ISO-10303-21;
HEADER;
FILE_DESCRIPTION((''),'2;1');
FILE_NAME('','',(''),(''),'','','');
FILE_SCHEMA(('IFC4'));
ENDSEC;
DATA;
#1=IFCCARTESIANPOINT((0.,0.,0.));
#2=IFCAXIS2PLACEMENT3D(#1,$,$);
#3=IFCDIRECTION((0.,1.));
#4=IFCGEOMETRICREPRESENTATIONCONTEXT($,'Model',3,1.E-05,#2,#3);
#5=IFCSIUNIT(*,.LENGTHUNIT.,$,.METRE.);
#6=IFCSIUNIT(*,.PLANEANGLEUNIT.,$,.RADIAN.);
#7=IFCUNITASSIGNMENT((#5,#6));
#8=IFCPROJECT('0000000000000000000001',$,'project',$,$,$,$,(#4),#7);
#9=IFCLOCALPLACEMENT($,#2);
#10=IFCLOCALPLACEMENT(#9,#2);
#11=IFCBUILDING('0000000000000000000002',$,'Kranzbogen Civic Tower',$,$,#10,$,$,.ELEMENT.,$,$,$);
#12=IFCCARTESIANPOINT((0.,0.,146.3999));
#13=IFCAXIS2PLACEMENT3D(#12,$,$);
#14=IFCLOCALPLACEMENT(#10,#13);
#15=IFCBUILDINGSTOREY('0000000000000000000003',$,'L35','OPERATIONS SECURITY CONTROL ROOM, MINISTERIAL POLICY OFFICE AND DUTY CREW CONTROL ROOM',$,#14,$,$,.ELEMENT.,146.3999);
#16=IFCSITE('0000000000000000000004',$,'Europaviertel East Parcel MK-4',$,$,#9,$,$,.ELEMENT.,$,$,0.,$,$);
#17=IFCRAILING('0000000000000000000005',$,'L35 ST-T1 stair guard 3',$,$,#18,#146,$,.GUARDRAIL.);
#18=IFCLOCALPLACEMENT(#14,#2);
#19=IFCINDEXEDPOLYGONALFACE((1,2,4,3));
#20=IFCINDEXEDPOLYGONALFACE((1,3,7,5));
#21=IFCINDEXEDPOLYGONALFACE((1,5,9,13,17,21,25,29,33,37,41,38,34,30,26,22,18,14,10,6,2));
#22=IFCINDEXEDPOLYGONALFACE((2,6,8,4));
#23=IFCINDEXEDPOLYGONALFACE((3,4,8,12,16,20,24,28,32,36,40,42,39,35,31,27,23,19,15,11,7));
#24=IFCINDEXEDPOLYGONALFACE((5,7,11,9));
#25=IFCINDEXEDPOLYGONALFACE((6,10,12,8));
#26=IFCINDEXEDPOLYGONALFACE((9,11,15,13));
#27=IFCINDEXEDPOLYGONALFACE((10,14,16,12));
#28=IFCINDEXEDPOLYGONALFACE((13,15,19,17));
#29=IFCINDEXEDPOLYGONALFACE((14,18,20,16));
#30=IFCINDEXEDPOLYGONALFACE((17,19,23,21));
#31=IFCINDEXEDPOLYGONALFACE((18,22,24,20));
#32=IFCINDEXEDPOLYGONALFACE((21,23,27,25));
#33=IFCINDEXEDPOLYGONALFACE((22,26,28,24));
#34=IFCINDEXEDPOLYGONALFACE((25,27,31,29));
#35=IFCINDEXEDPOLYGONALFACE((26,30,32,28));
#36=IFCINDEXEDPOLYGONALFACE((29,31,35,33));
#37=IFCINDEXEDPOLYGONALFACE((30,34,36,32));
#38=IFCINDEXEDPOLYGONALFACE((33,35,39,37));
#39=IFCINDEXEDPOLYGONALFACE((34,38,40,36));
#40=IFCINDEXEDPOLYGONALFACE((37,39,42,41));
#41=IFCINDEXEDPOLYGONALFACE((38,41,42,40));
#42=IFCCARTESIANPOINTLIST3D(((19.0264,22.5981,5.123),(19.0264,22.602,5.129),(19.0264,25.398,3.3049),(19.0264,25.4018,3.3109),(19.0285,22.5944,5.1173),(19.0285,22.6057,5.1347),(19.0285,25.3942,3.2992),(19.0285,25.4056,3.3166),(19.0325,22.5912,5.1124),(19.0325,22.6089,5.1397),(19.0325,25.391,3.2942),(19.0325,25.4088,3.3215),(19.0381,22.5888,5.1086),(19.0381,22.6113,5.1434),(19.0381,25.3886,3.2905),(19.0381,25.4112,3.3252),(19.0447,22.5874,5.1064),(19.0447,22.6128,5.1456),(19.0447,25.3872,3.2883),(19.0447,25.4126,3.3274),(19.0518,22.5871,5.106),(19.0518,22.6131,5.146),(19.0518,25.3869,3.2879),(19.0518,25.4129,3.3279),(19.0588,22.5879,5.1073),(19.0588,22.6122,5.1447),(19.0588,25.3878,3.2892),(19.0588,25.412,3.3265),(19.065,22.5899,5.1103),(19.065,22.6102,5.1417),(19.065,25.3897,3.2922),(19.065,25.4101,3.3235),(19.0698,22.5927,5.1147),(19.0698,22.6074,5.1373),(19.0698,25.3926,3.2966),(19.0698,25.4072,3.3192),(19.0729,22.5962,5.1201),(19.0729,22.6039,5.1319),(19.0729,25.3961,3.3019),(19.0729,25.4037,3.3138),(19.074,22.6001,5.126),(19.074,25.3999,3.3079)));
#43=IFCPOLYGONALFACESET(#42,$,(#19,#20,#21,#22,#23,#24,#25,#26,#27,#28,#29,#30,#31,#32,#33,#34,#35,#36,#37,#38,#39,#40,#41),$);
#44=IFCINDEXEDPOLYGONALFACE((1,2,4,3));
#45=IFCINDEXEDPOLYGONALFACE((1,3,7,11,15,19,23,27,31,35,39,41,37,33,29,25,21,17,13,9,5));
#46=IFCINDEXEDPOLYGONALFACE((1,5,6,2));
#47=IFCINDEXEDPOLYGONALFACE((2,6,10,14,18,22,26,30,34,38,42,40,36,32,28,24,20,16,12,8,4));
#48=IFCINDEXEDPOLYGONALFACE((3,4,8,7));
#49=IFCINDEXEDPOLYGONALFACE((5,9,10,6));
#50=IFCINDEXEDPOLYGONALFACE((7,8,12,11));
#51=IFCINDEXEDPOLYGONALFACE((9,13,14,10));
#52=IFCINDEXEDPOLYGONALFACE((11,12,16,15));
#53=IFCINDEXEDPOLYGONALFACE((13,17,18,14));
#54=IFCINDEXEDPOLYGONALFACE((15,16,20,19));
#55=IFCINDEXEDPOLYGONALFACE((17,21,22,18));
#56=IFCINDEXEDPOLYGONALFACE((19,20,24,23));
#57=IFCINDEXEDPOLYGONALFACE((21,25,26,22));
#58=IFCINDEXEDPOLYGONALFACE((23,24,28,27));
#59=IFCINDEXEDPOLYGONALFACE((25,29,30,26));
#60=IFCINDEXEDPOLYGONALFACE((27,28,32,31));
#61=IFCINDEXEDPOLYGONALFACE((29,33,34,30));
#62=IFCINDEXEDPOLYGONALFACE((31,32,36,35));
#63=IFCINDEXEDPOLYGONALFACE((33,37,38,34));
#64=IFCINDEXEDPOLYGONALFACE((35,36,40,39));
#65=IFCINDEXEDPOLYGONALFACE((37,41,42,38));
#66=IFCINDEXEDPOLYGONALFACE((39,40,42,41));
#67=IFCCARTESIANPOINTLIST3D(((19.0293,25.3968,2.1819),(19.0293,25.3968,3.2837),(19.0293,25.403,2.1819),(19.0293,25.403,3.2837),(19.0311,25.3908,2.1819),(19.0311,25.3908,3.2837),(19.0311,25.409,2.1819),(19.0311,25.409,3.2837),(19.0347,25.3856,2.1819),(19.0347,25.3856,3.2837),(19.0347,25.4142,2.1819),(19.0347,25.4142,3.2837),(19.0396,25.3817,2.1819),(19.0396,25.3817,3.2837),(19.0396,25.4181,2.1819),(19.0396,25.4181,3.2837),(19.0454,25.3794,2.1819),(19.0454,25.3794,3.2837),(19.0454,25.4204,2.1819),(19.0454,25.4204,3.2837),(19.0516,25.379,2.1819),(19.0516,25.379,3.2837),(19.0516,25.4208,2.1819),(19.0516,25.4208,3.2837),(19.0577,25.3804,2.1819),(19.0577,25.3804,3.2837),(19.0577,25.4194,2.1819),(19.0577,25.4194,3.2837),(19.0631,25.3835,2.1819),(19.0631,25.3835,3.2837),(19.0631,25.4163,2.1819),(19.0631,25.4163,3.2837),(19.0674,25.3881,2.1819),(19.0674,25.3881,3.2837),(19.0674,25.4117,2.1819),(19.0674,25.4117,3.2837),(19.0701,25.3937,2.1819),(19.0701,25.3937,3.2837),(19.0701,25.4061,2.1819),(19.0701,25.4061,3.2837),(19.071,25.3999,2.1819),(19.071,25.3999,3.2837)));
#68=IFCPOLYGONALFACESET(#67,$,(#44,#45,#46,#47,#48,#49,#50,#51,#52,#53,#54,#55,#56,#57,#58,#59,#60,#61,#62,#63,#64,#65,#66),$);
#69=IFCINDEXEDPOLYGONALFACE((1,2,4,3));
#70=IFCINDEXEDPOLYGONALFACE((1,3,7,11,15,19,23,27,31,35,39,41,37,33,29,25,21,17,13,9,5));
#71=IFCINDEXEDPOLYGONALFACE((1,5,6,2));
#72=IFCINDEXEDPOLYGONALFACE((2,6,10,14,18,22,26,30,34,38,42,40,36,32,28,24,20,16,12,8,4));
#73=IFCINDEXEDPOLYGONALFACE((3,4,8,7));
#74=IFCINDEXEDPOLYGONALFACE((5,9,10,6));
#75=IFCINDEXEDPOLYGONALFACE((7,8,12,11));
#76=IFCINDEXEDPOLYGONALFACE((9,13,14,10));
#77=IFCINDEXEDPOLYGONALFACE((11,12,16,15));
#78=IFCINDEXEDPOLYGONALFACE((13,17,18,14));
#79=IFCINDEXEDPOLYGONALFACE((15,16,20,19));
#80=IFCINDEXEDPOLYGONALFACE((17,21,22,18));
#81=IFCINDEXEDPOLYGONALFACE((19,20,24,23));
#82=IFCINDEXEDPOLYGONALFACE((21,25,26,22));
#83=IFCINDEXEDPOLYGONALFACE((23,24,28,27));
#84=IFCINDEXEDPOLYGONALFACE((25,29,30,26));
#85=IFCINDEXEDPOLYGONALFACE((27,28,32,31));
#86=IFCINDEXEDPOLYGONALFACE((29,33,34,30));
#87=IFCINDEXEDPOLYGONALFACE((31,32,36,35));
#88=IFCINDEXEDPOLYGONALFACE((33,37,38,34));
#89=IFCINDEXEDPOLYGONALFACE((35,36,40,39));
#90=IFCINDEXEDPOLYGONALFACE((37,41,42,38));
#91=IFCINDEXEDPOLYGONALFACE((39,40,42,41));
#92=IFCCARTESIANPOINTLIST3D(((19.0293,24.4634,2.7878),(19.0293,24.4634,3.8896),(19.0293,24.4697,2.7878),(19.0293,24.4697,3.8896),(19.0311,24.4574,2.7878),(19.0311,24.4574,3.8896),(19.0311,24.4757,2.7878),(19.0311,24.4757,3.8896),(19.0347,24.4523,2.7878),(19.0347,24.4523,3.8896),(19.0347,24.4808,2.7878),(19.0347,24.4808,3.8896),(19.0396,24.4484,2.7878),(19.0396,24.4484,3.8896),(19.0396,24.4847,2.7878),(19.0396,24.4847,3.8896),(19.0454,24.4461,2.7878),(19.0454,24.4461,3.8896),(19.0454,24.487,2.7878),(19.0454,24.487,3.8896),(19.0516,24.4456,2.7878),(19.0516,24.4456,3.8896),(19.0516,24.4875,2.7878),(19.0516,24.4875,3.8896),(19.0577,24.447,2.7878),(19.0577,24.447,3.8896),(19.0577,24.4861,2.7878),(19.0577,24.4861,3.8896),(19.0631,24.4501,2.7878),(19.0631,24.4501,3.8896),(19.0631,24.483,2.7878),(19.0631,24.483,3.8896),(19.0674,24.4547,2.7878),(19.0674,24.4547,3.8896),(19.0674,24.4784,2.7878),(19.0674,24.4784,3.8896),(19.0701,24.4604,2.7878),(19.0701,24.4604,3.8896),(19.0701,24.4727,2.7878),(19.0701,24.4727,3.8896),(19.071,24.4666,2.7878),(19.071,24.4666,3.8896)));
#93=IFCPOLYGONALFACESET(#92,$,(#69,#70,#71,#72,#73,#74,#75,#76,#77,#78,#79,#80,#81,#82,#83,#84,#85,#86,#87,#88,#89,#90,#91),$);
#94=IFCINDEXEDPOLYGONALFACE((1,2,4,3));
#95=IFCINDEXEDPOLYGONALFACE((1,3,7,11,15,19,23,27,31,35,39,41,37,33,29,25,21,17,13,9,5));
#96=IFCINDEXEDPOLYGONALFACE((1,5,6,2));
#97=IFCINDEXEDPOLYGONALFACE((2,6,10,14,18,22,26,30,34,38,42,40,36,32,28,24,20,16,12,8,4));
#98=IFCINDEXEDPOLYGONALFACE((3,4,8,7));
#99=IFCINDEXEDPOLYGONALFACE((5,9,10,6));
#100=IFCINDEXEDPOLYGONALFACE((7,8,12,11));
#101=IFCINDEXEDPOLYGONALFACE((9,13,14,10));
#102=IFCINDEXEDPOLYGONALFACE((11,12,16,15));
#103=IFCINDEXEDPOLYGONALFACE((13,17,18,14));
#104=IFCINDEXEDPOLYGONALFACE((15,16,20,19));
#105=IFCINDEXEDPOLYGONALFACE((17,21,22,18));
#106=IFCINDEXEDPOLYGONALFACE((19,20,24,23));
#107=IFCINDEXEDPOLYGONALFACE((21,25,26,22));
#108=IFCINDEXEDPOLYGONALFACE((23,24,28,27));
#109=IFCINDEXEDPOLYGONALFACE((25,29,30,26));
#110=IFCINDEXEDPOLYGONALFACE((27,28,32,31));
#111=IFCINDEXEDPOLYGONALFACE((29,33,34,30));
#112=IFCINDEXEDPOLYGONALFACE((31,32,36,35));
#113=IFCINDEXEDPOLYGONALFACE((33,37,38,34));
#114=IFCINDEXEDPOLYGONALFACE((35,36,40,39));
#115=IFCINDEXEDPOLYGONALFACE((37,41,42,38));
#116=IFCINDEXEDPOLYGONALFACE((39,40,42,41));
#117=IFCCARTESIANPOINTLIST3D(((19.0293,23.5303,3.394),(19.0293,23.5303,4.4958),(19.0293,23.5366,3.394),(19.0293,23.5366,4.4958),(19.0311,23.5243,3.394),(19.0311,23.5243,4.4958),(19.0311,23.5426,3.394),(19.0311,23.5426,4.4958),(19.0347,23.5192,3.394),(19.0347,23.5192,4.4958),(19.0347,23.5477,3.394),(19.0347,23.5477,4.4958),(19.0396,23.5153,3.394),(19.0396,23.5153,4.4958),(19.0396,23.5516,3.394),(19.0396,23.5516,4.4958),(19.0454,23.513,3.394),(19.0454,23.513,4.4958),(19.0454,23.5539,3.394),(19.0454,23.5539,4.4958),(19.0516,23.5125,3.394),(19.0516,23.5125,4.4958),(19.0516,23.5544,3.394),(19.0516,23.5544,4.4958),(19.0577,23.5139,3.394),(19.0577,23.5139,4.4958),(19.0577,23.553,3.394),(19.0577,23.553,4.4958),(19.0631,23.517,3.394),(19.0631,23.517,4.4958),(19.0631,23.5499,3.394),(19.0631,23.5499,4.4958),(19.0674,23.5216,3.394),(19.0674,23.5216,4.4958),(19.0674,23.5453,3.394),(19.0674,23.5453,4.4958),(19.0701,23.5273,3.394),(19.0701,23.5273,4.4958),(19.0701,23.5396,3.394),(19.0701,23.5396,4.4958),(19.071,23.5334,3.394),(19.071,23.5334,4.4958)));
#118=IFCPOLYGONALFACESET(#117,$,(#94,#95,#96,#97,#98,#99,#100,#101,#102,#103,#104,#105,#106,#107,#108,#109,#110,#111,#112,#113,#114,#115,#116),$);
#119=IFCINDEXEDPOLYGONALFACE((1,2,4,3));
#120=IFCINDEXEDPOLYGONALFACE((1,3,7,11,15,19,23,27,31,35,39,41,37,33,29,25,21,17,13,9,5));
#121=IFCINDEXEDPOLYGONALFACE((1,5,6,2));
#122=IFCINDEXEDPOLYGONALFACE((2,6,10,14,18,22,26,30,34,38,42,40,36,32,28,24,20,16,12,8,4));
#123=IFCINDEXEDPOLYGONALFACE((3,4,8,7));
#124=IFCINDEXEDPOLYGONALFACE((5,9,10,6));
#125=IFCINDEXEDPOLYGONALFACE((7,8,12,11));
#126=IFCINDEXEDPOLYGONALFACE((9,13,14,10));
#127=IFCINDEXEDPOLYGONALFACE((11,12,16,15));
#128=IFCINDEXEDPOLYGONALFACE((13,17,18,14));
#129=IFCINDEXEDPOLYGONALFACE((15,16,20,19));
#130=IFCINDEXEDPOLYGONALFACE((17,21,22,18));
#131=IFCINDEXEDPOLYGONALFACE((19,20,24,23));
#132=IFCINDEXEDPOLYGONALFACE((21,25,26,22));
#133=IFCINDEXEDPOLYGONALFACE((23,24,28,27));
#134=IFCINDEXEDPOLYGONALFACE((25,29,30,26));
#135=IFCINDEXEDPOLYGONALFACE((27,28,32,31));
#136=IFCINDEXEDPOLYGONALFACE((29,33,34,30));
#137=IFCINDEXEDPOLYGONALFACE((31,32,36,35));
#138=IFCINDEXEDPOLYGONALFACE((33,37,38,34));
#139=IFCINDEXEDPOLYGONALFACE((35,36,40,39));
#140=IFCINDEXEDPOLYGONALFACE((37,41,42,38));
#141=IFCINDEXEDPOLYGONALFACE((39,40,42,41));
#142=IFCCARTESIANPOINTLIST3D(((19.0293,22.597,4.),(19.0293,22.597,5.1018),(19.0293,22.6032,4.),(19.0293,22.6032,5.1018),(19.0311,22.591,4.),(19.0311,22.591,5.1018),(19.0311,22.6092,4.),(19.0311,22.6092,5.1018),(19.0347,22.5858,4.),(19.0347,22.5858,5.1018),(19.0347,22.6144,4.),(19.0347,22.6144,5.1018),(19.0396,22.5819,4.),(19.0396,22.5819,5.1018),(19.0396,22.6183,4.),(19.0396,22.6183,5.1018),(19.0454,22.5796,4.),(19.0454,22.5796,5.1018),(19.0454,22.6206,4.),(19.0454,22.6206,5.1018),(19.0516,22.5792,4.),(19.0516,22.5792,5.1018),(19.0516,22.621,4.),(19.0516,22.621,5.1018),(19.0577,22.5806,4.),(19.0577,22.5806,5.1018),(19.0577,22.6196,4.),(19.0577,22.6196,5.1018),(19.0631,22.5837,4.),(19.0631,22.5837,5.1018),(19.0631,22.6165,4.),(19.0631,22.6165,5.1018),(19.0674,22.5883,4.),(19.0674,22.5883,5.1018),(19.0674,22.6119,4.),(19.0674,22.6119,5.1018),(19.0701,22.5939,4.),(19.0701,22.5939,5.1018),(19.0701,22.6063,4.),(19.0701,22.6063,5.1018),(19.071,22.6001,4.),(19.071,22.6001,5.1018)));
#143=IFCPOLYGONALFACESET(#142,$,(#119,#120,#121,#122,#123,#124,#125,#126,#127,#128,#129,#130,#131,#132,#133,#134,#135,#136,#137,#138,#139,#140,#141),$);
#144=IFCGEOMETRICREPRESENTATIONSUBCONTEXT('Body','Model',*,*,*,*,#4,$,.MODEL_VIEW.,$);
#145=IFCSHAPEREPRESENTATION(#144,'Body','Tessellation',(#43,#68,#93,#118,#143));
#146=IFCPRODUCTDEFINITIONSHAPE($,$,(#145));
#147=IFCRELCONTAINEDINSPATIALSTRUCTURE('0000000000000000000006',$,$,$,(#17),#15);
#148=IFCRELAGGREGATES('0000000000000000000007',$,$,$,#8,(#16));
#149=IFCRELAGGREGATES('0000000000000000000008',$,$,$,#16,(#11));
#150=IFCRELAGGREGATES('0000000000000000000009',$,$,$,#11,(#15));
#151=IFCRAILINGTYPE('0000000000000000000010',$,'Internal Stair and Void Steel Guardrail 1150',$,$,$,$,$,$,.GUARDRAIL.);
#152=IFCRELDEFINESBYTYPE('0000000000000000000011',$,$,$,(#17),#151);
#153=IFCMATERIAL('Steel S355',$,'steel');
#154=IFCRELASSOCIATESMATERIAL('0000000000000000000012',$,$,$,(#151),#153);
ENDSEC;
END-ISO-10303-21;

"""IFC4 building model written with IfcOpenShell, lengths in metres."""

from ifc_helpers import new_model, si_unit, direction, frame, origin, origin_2d, place, context, subcontext, project, spatial, circle, extrude, material, type_object, element, save


model = new_model("IFC4")

# Units and contexts
model_context = context("Model", 3, precision=1e-05, world=origin(), true_north=direction((0.0, 1.0)))
body_context = subcontext(model_context, "Body", "Model", "MODEL_VIEW")
ifc_project = project(units=[si_unit("LENGTHUNIT", "METRE"), si_unit("PLANEANGLEUNIT", "RADIAN")], contexts=[model_context])

# Site, building, storey
site_placement = place(None, origin())
site = spatial("IfcSite", under=ifc_project, at=site_placement, Name="Europaviertel East Parcel MK-4", CompositionType="ELEMENT", RefElevation=0.0)
building_placement = place(site_placement, origin())
building = spatial("IfcBuilding", under=site, at=building_placement, Name="Kranzbogen Civic Tower", CompositionType="ELEMENT")
storey_placement = place(building_placement, frame((0.0, 0.0, 146.3999)))
storey = spatial("IfcBuildingStorey", under=building, at=storey_placement, Name="L35", Description="OPERATIONS SECURITY CONTROL ROOM, MINISTERIAL POLICY OFFICE AND DUTY CREW CONTROL ROOM", CompositionType="ELEMENT", Elevation=146.3999)

# Shared definitions
ifc_material_1 = material(Name="Steel S355", Category="steel")

# Railing
railing_type_1 = type_object("IfcRailingType", Name="Internal Stair and Void Steel Guardrail 1150", PredefinedType="GUARDRAIL", material=ifc_material_1)
railing_1_placement = place(storey_placement, frame((19.05, 25.3999, 2.1819)))
element("IfcRailing", 1, at=railing_1_placement, inside=storey, type_object=railing_type_1, Name="L35 ST-T1 stair guard 3", PredefinedType="GUARDRAIL", context=body_context, shape_type="SweptSolid", body=[
    extrude(circle(Radius=0.0239, at=origin_2d()), frame((0.0, 0.0, 1.126), z_axis=(0.0, -0.838684, 0.544618), x_axis=(1.0, 0.0, 0.0)), (0.0, 0.0, 1.0), 3.3384),
    extrude(circle(Radius=0.021, at=origin_2d()), origin(), (0.0, 0.0, 1.0), 1.1018),
    extrude(circle(Radius=0.021, at=origin_2d()), frame((0.0, -0.9333, 0.606)), (0.0, 0.0, 1.0), 1.1018),
    extrude(circle(Radius=0.021, at=origin_2d()), frame((0.0, -1.8665, 1.2122)), (0.0, 0.0, 1.0), 1.1018),
    extrude(circle(Radius=0.021, at=origin_2d()), frame((0.0, -2.7998, 1.8181)), (0.0, 0.0, 1.0), 1.1018),
])

save(model, "model.ifc")
